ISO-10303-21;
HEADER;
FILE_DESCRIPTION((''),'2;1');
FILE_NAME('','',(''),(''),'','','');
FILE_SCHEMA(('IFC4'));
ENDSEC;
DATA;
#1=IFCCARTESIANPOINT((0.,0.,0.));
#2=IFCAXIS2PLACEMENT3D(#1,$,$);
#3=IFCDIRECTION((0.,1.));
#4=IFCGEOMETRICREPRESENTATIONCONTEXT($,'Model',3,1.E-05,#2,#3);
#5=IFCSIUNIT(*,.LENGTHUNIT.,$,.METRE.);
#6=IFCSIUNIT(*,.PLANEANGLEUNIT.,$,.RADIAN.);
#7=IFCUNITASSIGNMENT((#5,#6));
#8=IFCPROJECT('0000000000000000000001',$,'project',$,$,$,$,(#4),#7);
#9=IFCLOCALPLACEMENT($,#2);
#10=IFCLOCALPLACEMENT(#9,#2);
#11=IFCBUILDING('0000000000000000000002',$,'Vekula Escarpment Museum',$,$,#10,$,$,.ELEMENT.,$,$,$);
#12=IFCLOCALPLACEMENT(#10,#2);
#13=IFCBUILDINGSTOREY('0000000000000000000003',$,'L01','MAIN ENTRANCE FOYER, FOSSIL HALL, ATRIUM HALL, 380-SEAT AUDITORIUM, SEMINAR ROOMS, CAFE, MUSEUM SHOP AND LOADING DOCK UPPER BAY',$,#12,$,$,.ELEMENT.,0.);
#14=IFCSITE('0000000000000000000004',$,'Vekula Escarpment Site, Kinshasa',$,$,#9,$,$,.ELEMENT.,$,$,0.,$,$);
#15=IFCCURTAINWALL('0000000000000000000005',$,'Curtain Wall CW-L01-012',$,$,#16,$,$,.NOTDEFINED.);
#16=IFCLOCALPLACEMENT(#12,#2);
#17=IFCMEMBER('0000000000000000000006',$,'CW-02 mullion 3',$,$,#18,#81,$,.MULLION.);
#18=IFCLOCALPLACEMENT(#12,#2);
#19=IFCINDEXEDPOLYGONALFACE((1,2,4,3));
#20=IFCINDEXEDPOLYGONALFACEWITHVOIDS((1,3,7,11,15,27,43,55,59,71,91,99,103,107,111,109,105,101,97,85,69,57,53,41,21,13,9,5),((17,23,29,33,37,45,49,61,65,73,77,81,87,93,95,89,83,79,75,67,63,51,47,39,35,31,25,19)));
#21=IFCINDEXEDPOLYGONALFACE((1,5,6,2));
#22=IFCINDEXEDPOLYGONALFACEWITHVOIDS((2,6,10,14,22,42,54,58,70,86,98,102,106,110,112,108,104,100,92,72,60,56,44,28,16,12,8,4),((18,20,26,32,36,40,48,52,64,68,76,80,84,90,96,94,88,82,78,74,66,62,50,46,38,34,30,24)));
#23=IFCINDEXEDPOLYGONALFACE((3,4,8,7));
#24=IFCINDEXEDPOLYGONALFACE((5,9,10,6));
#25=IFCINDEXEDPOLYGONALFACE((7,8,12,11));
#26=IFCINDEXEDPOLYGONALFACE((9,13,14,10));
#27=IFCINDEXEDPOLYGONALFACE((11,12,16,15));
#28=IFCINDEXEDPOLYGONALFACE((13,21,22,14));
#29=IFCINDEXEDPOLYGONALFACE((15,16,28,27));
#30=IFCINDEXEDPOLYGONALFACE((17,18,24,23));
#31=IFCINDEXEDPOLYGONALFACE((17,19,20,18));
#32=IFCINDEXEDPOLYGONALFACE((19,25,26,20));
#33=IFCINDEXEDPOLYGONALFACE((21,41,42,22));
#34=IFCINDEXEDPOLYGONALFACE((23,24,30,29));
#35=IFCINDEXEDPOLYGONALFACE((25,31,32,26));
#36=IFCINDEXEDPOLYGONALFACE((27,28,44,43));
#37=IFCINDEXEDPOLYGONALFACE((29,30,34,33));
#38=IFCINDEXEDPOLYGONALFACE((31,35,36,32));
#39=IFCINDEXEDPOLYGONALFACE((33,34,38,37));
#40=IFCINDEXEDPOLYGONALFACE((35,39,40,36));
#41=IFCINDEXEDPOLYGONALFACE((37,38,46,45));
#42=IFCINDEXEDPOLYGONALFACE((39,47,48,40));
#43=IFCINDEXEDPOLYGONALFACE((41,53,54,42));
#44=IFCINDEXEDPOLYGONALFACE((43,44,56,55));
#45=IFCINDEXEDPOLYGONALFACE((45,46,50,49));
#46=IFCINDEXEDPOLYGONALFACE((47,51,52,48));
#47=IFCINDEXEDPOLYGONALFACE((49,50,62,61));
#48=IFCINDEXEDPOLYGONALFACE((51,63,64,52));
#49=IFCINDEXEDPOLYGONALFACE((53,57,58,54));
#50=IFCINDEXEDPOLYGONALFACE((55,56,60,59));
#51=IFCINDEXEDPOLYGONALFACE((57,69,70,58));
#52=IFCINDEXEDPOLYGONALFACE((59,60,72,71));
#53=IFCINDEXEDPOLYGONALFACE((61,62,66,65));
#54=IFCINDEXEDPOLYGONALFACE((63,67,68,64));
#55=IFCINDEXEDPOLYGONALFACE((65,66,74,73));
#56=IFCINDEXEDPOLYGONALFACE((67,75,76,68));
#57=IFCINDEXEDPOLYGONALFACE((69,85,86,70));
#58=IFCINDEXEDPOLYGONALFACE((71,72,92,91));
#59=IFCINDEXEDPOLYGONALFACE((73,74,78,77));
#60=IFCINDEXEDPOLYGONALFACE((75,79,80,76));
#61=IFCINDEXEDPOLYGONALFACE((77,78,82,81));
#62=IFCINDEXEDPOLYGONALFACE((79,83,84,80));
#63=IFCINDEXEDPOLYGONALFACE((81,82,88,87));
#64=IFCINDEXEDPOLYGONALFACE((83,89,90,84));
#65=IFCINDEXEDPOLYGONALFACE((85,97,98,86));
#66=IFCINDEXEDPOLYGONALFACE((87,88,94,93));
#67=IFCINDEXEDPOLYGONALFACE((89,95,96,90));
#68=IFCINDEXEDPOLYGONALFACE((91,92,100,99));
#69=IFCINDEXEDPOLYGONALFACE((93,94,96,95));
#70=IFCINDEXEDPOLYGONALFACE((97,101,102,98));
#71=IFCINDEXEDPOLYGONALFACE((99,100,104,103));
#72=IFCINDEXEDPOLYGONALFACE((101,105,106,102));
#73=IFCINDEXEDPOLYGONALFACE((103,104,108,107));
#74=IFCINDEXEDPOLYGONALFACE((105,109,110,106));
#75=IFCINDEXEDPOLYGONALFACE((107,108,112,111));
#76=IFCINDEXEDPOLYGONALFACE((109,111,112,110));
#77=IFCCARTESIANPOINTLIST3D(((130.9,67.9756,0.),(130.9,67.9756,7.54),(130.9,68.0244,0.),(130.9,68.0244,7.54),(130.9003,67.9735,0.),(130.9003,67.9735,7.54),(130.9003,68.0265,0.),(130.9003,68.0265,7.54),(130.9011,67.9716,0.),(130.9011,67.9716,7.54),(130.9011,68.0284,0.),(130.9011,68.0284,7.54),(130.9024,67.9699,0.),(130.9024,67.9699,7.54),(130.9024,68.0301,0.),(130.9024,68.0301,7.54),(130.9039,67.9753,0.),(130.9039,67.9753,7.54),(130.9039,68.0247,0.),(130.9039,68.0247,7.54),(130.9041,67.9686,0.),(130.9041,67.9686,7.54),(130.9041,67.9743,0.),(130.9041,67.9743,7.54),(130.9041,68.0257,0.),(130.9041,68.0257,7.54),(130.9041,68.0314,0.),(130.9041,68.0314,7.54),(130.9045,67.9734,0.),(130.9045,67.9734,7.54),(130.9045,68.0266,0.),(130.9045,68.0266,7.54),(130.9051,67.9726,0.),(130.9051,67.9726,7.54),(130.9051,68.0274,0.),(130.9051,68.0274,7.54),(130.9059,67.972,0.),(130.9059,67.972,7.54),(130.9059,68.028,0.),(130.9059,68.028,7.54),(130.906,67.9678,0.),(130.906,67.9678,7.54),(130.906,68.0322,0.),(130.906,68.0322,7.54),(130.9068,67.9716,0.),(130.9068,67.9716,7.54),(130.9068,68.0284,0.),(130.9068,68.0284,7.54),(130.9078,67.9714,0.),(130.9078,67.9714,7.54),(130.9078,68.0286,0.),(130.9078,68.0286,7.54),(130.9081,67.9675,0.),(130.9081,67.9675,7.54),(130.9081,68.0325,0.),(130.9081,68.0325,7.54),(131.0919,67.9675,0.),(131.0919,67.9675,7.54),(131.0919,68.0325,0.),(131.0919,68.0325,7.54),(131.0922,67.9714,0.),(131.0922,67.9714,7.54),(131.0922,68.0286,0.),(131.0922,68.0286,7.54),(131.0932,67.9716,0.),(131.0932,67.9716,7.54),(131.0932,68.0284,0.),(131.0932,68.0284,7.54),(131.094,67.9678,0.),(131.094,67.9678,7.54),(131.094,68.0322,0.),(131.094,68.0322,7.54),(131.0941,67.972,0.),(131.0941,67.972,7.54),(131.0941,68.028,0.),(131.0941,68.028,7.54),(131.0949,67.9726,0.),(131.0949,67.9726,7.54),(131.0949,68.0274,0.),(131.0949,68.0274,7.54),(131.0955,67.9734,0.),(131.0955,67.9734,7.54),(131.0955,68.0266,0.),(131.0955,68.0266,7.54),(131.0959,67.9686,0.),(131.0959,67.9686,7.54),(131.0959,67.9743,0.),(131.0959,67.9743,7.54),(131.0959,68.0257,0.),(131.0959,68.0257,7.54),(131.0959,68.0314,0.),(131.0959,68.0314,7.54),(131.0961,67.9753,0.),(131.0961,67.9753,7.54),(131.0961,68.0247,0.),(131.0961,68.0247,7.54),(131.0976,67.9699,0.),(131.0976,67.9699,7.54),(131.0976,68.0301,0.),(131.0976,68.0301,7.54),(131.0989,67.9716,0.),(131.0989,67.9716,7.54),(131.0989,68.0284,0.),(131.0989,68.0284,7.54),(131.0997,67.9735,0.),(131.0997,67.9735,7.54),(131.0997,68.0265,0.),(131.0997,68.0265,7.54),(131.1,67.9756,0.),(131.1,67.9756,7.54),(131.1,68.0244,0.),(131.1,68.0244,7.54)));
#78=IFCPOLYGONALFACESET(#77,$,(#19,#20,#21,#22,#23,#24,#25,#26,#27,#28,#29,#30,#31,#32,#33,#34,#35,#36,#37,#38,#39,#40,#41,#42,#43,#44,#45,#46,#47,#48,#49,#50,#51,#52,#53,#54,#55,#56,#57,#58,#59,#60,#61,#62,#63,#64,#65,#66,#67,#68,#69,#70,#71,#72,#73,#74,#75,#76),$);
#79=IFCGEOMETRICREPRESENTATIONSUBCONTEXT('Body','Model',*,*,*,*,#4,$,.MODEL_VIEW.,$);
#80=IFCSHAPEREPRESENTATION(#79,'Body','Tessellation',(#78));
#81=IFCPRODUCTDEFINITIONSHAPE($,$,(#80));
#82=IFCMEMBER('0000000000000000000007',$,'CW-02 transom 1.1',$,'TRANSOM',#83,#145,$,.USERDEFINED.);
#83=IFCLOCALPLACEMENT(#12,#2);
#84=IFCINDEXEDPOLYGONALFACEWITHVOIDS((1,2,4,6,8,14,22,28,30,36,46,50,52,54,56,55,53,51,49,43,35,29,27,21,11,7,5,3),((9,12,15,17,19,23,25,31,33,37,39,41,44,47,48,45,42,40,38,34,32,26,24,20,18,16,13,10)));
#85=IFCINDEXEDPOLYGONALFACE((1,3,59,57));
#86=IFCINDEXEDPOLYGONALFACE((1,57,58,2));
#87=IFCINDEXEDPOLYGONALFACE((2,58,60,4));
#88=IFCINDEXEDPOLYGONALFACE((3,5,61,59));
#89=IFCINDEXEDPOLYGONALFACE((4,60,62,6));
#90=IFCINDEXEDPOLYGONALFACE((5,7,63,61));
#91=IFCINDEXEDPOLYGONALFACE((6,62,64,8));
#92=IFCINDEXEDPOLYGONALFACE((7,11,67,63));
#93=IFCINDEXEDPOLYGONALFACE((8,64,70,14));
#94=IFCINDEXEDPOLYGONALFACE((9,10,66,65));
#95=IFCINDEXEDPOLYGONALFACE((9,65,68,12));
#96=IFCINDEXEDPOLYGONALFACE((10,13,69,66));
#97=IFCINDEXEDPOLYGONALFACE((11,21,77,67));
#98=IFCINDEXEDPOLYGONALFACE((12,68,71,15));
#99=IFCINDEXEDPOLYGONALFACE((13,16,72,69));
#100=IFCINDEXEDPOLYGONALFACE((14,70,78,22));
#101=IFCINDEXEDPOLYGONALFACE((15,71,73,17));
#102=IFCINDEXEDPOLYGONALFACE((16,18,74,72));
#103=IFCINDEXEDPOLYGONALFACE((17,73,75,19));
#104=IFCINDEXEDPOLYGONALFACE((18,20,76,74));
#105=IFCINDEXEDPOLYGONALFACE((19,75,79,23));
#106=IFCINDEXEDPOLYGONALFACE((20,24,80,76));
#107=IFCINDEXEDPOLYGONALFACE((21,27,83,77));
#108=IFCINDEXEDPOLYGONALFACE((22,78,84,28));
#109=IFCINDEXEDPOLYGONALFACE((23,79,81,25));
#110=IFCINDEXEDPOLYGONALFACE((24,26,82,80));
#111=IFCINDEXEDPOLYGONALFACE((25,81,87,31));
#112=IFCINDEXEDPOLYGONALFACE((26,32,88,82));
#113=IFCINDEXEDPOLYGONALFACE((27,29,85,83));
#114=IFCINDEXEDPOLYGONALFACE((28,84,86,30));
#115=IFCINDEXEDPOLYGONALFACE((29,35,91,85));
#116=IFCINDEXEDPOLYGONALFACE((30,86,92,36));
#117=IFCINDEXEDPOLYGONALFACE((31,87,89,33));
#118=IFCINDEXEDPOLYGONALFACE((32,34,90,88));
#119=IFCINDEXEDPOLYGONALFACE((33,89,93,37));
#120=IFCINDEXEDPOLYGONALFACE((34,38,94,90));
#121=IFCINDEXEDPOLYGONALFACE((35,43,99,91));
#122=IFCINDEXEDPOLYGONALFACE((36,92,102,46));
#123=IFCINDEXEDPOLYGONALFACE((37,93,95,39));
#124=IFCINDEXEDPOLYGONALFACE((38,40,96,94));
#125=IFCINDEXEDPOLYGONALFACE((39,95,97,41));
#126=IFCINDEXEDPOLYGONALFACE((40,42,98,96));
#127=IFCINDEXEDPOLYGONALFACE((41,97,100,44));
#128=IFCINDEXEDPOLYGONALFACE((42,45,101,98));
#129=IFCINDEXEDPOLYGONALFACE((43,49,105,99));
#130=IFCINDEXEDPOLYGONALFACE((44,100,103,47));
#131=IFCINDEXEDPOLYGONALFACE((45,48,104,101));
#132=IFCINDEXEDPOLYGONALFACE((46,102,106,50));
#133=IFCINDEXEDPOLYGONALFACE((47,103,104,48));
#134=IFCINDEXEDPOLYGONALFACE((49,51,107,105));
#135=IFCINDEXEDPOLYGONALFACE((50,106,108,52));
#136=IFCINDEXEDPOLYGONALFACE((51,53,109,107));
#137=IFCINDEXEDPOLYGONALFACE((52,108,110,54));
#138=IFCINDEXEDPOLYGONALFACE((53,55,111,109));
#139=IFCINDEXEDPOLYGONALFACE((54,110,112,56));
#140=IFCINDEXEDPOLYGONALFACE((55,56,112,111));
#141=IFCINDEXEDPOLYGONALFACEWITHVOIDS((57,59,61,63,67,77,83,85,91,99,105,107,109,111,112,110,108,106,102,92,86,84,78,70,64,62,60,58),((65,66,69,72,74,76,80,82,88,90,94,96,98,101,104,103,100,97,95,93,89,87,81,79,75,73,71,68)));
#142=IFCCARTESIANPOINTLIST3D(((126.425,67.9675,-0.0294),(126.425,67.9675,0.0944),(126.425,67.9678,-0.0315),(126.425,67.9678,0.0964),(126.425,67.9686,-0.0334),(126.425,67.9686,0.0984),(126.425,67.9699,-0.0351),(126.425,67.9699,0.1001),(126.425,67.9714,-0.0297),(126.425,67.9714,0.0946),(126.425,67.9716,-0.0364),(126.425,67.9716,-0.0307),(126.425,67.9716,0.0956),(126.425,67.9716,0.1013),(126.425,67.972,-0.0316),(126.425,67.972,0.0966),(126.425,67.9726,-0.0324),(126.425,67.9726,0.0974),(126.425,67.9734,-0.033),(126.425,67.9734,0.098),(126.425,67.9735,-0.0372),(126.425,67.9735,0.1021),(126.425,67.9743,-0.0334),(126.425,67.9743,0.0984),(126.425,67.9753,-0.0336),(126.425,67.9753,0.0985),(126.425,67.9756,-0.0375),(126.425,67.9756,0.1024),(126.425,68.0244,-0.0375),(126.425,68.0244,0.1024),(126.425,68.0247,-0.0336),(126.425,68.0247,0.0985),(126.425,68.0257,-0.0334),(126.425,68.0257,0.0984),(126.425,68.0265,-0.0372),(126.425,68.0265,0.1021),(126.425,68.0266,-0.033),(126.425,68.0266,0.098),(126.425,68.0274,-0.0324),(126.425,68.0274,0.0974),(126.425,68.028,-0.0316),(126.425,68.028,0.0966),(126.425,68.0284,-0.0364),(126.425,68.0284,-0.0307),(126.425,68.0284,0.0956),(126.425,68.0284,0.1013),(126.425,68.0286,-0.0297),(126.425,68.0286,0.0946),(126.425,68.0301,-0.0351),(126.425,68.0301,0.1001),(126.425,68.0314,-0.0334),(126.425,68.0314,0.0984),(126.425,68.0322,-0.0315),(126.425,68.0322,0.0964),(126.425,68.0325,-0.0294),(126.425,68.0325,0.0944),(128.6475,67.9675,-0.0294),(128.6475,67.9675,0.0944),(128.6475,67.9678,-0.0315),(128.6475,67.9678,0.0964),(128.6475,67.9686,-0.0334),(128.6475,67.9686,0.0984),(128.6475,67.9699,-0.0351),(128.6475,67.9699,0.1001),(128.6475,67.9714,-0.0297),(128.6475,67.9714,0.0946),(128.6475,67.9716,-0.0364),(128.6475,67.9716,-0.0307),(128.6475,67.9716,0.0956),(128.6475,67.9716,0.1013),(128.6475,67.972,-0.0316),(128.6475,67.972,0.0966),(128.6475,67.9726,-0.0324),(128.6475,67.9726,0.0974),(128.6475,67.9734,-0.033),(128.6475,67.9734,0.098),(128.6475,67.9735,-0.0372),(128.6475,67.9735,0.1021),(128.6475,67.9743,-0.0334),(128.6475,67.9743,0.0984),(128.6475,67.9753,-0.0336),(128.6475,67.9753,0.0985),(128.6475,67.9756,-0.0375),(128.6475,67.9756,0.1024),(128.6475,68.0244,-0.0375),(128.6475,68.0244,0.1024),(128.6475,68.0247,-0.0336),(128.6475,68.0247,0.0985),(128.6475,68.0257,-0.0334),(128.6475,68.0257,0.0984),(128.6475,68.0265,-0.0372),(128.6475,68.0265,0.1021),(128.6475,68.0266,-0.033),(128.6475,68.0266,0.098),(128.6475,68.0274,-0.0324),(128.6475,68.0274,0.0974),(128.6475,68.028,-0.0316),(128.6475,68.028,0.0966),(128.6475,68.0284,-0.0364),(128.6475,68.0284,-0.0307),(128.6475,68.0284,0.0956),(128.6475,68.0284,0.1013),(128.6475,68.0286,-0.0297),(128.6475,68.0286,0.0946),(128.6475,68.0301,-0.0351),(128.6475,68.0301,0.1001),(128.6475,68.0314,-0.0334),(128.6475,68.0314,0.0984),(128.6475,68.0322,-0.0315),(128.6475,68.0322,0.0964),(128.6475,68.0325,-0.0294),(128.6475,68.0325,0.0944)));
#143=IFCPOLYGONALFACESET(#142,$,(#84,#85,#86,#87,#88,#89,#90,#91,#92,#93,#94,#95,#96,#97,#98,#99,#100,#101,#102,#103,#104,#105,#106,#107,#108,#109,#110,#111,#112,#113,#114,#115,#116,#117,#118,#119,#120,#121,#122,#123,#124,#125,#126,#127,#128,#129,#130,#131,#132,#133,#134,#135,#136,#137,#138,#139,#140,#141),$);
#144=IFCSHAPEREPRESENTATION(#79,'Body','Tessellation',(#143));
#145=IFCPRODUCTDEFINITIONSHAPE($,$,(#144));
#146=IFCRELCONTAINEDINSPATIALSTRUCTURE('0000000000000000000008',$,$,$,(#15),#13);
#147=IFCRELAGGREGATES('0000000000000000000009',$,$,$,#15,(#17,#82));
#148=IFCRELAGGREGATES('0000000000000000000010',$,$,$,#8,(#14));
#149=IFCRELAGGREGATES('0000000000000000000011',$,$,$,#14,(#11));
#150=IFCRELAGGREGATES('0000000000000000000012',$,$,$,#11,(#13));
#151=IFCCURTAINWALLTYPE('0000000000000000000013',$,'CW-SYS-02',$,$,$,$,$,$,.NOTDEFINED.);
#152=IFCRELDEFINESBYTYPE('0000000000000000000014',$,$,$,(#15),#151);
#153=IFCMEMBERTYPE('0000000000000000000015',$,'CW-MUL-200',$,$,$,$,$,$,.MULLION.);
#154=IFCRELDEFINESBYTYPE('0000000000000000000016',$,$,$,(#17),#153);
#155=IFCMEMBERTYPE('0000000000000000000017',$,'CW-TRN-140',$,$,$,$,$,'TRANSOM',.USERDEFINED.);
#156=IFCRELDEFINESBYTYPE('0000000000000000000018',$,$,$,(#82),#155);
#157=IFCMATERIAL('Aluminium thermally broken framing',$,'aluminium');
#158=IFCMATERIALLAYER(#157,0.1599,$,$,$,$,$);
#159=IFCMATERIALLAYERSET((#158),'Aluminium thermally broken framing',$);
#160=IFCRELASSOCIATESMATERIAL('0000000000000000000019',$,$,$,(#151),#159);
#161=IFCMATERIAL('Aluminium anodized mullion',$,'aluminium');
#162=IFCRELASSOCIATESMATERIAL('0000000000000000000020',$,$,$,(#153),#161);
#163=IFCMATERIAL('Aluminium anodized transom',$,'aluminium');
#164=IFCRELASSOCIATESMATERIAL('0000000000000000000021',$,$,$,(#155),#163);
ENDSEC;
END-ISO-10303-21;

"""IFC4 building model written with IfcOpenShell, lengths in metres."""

from ifc_helpers import new_model, si_unit, direction, frame, origin, origin_2d, place, context, subcontext, project, spatial, hollow_rectangle, extrude, material, layer, layer_set, material_profile, profile_set, type_object, element, aggregate, save


model = new_model("IFC4")

# Units and contexts
model_context = context("Model", 3, precision=1e-05, world=origin(), true_north=direction((0.0, 1.0)))
body_context = subcontext(model_context, "Body", "Model", "MODEL_VIEW")
ifc_project = project(units=[si_unit("LENGTHUNIT", "METRE"), si_unit("PLANEANGLEUNIT", "RADIAN")], contexts=[model_context])

# Site, building, storey
site_placement = place(None, origin())
site = spatial("IfcSite", under=ifc_project, at=site_placement, Name="Vekula Escarpment Site, Kinshasa", CompositionType="ELEMENT", RefElevation=0.0)
building_placement = place(site_placement, origin())
building = spatial("IfcBuilding", under=site, at=building_placement, Name="Vekula Escarpment Museum", CompositionType="ELEMENT")
storey_placement = place(building_placement, origin())
storey = spatial("IfcBuildingStorey", under=building, at=storey_placement, Name="L01", Description="MAIN ENTRANCE FOYER, FOSSIL HALL, ATRIUM HALL, 380-SEAT AUDITORIUM, SEMINAR ROOMS, CAFE, MUSEUM SHOP AND LOADING DOCK UPPER BAY", CompositionType="ELEMENT", Elevation=0.0)

# Curtain wall, members
ifc_material_1 = material(Name="Aluminium thermally broken framing", Category="aluminium")
ifc_layer_1 = layer(ifc_material_1, 0.1599)
ifc_layer_set_1 = layer_set([ifc_layer_1], Name="Aluminium thermally broken framing")
curtain_wall_type = type_object("IfcCurtainWallType", Name="CW-SYS-02", PredefinedType="NOTDEFINED", material=ifc_layer_set_1)
curtain_wall_placement = place(storey_placement, origin())
curtain_wall = element("IfcCurtainWall", 1, at=curtain_wall_placement, inside=storey, type_object=curtain_wall_type, Name="Curtain Wall CW-L01-012", PredefinedType="NOTDEFINED")
ifc_material_2 = material(Name="Aluminium anodized mullion", Category="aluminium")
ifc_material_profile_1 = material_profile(ifc_material_2, hollow_rectangle(XDim=0.0649, YDim=0.2, WallThickness=0.0039, InnerFilletRadius=0.0039, OuterFilletRadius=0.0081, at=origin_2d()), Name="ALU 200x65x4")
ifc_profile_set_1 = profile_set([ifc_material_profile_1], Name="Aluminium anodized mullion")
member_type_1 = type_object("IfcMemberType", Name="CW-MUL-200", PredefinedType="MULLION", material=ifc_profile_set_1)
member_1_placement = place(storey_placement, frame((131.0, 68.0, 0.0), z_axis=(0.0, 0.0, 1.0), x_axis=(0.0, 1.0, 0.0)))
member_1 = element("IfcMember", 2, at=member_1_placement, type_object=member_type_1, Name="CW-02 mullion 3", PredefinedType="MULLION", context=body_context, shape_type="SweptSolid", body=[
    extrude(hollow_rectangle(XDim=0.0649, YDim=0.2, WallThickness=0.0039, InnerFilletRadius=0.0039, OuterFilletRadius=0.0081, at=origin_2d()), origin(), (0.0, 0.0, 1.0), 7.54),
])
ifc_material_3 = material(Name="Aluminium anodized transom", Category="aluminium")
ifc_material_profile_2 = material_profile(ifc_material_3, hollow_rectangle(XDim=0.0649, YDim=0.1399, WallThickness=0.0039, InnerFilletRadius=0.0039, OuterFilletRadius=0.0081, at=origin_2d()), Name="ALU 140x65x4")
ifc_profile_set_2 = profile_set([ifc_material_profile_2], Name="Aluminium anodized transom")
member_type_2 = type_object("IfcMemberType", Name="CW-TRN-140", ElementType="TRANSOM", PredefinedType="USERDEFINED", material=ifc_profile_set_2)
member_2_placement = place(storey_placement, frame((126.425, 68.0, 0.0325), z_axis=(1.0, 0.0, 0.0), x_axis=(0.0, 1.0, 0.0)))
member_2 = element("IfcMember", 3, at=member_2_placement, type_object=member_type_2, Name="CW-02 transom 1.1", ObjectType="TRANSOM", PredefinedType="USERDEFINED", context=body_context, shape_type="SweptSolid", body=[
    extrude(hollow_rectangle(XDim=0.0649, YDim=0.1399, WallThickness=0.0039, InnerFilletRadius=0.0039, OuterFilletRadius=0.0081, at=origin_2d()), origin(), (0.0, 0.0, 1.0), 2.2224),
])

aggregate(curtain_wall, [member_1, member_2])

save(model, "model.ifc")
